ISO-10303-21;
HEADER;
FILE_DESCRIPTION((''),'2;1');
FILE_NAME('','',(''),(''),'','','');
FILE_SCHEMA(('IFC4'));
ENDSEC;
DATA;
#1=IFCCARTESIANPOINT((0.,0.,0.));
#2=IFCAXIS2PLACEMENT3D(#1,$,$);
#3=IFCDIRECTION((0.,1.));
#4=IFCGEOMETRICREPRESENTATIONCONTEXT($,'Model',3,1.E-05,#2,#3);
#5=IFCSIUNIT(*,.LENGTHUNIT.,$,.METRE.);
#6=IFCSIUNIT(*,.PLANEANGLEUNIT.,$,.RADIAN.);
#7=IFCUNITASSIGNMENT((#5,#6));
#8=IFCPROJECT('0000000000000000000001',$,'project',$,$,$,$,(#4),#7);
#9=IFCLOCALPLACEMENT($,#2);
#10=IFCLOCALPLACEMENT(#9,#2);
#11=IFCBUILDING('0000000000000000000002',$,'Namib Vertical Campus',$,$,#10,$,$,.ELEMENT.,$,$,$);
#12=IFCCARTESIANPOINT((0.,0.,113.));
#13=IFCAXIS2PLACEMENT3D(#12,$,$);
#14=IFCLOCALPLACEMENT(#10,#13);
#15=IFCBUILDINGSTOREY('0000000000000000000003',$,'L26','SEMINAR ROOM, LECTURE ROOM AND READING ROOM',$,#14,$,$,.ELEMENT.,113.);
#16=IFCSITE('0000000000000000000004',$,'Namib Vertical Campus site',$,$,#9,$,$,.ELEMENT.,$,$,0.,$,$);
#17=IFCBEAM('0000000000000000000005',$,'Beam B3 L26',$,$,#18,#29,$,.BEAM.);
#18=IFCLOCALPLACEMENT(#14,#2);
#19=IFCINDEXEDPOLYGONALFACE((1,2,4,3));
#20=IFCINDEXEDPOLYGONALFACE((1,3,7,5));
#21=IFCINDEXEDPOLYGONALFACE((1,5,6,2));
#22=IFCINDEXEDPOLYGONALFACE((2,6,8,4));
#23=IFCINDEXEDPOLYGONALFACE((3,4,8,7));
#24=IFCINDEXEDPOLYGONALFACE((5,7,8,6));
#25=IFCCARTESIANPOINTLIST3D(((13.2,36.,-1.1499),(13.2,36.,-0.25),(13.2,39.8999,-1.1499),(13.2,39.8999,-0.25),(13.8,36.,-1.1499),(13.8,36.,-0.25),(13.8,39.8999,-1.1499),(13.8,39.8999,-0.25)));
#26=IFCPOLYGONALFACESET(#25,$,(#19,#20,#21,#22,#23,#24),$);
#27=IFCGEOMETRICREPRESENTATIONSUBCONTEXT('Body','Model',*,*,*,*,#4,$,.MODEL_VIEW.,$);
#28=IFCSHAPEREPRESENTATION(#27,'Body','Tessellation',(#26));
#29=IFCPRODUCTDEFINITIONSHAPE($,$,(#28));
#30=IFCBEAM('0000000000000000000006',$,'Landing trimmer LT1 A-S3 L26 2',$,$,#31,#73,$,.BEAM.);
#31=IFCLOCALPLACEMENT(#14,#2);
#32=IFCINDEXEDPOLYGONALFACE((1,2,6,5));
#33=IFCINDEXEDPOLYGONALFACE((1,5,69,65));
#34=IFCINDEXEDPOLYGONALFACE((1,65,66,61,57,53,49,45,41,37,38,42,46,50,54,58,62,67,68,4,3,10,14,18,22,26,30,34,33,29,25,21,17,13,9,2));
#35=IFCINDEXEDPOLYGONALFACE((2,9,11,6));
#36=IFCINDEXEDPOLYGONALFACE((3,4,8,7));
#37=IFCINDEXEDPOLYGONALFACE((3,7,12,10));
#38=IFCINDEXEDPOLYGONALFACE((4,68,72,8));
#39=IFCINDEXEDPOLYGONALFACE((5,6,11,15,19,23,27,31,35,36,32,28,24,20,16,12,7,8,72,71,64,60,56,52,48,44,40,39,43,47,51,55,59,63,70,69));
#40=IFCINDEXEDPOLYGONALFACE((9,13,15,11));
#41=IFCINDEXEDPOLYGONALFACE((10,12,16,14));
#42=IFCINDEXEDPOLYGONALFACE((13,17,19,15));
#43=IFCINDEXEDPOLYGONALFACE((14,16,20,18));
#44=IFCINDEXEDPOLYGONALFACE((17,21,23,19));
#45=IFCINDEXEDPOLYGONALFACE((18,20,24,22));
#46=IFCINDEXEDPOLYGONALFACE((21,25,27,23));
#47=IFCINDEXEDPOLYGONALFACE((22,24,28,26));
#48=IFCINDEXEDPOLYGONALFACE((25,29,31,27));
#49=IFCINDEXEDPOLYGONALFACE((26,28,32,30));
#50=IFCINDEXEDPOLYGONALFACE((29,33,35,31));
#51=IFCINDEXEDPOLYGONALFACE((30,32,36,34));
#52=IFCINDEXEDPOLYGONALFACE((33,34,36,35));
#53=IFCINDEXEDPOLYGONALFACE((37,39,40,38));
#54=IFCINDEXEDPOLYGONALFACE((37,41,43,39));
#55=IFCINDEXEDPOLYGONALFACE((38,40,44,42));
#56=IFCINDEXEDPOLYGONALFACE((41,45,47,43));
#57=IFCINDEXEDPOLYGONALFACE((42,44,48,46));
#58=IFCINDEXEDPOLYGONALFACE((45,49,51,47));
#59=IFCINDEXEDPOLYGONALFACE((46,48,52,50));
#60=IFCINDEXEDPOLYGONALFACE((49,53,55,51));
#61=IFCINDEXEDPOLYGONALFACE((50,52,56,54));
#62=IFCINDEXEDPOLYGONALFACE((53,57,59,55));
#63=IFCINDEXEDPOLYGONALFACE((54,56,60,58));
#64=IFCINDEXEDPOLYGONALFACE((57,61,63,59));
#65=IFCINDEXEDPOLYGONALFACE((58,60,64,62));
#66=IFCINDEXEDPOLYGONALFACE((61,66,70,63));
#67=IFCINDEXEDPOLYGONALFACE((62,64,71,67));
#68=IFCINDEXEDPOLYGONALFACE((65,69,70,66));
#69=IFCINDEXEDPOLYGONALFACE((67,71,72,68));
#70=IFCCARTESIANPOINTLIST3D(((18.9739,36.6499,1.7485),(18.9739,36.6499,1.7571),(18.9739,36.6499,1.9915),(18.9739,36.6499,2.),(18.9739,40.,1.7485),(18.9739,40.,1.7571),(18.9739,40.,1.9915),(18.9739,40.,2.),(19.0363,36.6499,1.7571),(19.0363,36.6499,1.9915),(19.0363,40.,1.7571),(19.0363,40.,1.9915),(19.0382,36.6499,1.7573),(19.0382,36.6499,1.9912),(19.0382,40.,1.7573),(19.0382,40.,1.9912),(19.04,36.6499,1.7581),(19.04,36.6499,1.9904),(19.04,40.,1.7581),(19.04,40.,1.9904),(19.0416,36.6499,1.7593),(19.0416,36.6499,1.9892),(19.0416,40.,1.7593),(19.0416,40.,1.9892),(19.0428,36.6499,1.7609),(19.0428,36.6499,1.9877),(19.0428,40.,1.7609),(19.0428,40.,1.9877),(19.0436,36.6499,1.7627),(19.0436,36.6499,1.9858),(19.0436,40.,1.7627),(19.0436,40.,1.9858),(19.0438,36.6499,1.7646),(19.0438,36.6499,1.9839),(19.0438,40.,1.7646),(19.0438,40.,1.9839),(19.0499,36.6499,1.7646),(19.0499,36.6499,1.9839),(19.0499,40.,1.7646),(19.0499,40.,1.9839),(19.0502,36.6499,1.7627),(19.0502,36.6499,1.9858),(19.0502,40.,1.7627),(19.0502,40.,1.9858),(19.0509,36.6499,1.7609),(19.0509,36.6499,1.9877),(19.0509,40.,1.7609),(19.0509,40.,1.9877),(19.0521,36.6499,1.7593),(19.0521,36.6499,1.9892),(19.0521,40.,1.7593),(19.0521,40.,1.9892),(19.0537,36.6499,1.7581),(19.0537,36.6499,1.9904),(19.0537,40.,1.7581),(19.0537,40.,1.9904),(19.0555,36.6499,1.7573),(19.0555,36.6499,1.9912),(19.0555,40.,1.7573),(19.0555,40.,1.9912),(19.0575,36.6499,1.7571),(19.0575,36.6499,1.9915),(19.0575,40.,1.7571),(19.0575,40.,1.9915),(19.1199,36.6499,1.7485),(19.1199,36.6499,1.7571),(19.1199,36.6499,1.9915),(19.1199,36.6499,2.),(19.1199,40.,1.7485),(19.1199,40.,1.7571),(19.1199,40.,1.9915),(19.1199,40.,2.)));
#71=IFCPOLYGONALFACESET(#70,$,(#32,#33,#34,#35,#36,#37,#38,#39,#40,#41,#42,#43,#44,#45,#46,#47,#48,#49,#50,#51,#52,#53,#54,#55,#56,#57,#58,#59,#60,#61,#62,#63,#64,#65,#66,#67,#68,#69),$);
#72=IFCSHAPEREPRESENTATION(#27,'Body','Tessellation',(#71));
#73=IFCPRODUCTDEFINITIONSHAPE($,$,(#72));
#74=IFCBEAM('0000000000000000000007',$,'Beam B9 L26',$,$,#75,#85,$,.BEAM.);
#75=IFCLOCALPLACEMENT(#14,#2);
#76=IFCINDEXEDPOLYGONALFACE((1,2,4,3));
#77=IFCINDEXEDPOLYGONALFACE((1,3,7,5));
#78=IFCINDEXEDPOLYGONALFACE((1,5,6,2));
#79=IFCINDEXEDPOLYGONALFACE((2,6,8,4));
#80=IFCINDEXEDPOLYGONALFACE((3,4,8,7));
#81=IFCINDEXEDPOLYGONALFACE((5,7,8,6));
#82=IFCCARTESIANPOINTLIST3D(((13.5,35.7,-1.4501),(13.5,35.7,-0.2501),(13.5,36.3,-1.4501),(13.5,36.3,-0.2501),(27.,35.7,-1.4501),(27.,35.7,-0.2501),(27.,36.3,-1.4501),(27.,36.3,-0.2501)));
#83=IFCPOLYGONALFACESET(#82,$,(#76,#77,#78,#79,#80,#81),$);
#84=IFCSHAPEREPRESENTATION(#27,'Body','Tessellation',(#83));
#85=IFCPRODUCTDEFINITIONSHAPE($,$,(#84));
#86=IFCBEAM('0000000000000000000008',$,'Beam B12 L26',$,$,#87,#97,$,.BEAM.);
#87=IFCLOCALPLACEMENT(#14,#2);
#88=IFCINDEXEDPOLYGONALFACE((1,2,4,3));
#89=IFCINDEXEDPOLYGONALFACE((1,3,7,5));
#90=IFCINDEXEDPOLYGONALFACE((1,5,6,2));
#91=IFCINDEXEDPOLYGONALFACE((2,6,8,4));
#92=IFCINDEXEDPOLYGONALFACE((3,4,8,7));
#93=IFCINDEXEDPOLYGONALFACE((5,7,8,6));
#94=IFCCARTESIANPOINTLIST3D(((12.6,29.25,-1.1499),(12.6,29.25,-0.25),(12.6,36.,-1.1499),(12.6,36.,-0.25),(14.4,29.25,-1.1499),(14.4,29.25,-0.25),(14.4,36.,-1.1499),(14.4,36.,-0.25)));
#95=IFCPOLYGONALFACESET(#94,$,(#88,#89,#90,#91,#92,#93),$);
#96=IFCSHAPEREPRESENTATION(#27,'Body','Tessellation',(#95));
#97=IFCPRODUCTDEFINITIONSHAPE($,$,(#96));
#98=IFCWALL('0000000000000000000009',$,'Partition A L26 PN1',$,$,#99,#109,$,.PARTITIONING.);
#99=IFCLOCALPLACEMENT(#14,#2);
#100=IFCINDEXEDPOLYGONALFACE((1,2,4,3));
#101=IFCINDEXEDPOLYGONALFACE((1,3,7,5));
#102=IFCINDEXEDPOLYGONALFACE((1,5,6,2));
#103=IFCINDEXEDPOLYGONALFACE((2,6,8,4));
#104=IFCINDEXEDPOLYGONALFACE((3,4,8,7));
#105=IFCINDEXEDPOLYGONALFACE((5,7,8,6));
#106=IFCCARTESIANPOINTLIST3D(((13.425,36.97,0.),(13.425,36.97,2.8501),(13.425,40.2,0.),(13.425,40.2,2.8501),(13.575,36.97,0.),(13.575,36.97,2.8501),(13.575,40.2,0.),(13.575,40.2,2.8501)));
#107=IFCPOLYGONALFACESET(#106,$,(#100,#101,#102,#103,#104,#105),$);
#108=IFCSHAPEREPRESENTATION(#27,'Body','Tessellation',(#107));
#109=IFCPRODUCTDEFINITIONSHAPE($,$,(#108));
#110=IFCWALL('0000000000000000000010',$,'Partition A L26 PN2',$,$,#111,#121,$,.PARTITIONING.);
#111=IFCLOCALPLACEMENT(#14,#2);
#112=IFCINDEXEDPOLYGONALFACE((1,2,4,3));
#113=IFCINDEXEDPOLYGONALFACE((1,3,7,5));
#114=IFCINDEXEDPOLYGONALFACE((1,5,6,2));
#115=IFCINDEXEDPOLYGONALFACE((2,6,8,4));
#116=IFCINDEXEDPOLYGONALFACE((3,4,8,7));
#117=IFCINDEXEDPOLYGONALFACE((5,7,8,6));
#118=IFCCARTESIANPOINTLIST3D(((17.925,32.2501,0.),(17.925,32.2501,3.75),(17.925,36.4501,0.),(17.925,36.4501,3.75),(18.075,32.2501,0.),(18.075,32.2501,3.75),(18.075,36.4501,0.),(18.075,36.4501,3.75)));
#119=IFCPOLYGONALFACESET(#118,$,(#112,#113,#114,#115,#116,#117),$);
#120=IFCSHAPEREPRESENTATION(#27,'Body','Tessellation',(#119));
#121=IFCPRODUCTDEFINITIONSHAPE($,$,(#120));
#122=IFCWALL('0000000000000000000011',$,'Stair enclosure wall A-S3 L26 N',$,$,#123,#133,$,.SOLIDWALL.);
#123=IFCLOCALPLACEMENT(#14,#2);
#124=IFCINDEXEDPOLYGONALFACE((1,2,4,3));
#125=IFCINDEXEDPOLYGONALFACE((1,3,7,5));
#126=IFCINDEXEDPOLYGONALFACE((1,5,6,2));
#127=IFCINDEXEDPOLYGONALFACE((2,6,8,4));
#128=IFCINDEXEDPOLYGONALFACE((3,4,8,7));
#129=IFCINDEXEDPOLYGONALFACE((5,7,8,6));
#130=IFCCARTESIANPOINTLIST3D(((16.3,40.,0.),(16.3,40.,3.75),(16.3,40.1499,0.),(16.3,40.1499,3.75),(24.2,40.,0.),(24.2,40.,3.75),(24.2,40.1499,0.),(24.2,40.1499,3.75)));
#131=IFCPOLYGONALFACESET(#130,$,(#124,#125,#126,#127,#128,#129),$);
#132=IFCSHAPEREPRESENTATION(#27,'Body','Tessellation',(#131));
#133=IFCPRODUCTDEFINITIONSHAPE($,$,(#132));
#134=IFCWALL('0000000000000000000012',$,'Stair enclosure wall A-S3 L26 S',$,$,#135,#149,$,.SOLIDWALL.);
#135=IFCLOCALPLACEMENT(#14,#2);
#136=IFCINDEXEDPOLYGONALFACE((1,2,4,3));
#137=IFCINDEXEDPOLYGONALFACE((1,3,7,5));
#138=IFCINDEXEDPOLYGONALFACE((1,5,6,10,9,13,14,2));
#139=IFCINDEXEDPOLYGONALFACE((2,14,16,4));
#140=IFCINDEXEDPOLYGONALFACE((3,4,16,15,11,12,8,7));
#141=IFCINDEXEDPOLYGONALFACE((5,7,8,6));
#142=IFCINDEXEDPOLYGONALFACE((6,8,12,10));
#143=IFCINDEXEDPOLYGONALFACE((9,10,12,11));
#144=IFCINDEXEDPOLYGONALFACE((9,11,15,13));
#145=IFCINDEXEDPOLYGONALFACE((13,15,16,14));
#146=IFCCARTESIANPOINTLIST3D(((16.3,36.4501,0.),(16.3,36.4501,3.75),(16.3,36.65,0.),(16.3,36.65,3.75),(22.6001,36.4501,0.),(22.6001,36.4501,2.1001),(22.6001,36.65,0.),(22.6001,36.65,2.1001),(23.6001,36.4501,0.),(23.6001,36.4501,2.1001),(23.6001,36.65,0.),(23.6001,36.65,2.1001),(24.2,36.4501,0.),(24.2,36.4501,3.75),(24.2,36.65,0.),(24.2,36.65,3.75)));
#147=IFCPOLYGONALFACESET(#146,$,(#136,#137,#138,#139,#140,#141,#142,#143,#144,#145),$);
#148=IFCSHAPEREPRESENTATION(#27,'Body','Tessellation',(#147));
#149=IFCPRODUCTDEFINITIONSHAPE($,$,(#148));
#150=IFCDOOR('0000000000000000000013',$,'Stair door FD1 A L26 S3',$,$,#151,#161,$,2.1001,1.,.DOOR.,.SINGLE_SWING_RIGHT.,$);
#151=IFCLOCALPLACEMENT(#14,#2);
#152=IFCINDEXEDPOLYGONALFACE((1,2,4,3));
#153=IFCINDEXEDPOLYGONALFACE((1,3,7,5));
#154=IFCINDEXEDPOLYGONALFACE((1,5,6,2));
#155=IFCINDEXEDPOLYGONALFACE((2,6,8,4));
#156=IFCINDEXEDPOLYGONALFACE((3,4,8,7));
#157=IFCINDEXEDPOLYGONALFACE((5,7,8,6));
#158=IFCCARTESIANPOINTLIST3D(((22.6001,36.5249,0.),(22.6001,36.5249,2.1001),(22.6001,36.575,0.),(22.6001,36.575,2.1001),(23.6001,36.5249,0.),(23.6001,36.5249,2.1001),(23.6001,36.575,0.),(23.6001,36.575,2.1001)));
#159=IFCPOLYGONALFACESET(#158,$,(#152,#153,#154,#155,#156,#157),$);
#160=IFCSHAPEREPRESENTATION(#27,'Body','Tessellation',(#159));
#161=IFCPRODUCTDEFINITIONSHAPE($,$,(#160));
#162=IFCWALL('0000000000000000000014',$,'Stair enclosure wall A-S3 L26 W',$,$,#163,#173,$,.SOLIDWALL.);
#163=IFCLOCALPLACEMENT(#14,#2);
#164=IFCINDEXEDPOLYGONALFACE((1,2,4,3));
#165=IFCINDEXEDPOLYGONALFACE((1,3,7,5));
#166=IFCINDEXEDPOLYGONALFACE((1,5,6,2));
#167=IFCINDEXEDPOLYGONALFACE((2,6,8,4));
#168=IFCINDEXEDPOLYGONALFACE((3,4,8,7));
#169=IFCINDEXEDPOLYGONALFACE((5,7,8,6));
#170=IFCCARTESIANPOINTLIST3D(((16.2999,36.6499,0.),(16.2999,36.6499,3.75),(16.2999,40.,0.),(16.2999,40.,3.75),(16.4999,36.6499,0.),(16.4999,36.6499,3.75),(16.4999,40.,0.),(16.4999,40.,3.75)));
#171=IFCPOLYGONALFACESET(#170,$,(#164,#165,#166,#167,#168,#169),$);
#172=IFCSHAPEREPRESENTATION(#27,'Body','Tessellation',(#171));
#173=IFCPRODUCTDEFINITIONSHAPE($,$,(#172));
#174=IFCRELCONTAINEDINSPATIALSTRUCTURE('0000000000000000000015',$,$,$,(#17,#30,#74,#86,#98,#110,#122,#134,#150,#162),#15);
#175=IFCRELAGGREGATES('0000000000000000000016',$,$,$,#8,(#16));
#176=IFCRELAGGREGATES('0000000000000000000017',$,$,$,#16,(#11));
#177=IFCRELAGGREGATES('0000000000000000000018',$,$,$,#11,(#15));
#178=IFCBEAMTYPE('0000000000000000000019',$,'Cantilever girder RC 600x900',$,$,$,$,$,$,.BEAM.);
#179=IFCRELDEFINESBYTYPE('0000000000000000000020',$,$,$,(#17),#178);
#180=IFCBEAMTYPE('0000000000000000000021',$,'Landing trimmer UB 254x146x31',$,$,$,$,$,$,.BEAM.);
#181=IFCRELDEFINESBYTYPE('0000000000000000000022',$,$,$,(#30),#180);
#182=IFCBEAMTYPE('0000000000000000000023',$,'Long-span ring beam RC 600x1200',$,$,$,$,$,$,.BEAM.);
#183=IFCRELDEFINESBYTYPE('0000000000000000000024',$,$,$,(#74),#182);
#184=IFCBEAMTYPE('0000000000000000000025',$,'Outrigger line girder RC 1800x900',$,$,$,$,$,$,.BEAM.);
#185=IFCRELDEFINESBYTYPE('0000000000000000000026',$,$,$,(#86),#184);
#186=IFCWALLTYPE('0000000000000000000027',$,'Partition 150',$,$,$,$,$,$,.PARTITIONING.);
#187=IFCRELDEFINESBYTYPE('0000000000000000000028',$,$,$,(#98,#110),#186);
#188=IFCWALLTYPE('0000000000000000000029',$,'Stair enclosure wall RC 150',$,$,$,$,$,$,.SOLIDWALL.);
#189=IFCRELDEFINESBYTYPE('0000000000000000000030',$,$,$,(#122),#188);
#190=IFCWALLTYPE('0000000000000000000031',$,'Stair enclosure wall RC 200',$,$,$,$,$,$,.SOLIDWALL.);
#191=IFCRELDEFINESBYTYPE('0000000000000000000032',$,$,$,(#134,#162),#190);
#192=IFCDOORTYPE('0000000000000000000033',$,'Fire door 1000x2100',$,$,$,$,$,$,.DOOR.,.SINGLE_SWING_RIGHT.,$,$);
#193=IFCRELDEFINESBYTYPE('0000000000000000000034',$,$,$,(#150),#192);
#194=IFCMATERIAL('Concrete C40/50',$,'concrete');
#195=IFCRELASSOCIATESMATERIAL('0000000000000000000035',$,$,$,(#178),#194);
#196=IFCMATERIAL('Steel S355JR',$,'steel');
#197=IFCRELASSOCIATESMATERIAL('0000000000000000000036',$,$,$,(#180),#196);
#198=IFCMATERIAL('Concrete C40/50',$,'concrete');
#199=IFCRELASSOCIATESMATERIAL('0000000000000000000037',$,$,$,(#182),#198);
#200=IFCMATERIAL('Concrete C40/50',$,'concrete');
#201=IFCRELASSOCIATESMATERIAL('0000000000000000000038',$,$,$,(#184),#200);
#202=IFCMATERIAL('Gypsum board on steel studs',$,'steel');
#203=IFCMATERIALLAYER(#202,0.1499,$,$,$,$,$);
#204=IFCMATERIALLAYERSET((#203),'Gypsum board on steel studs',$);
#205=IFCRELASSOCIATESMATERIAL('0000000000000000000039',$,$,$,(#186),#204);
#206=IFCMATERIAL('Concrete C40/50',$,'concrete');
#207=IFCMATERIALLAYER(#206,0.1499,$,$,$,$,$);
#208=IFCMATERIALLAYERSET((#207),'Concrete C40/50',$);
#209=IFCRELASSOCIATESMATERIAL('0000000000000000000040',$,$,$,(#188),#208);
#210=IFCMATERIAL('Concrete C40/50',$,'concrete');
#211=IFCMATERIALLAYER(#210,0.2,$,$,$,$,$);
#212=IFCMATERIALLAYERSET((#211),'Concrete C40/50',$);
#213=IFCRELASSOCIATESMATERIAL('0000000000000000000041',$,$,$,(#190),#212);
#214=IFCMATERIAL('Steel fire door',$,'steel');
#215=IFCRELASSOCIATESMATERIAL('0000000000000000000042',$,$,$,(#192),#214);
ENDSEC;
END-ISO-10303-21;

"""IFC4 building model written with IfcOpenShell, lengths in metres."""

from ifc_helpers import new_model, si_unit, direction, frame, frame_2d, origin, origin_2d, place, context, subcontext, project, spatial, rectangle, i_section, extrude, material, layer, layer_set, material_profile, profile_set, type_object, element, fill, save


model = new_model("IFC4")

# Units and contexts
model_context = context("Model", 3, precision=1e-05, world=origin(), true_north=direction((0.0, 1.0)))
body_context = subcontext(model_context, "Body", "Model", "MODEL_VIEW")
ifc_project = project(units=[si_unit("LENGTHUNIT", "METRE"), si_unit("PLANEANGLEUNIT", "RADIAN")], contexts=[model_context])

# Site, building, storey
site_placement = place(None, origin())
site = spatial("IfcSite", under=ifc_project, at=site_placement, Name="Namib Vertical Campus site", CompositionType="ELEMENT", RefElevation=0.0)
building_placement = place(site_placement, origin())
building = spatial("IfcBuilding", under=site, at=building_placement, Name="Namib Vertical Campus", CompositionType="ELEMENT")
storey_placement = place(building_placement, frame((0.0, 0.0, 113.0)))
storey = spatial("IfcBuildingStorey", under=building, at=storey_placement, Name="L26", Description="SEMINAR ROOM, LECTURE ROOM AND READING ROOM", CompositionType="ELEMENT", Elevation=113.0)

# Beams
ifc_material_1 = material(Name="Concrete C40/50", Category="concrete")
ifc_material_profile_1 = material_profile(ifc_material_1, rectangle(XDim=0.6001, YDim=0.8999, at=origin_2d()))
ifc_profile_set_1 = profile_set([ifc_material_profile_1], Name="Concrete C40/50")
beam_type_1 = type_object("IfcBeamType", Name="Cantilever girder RC 600x900", PredefinedType="BEAM", material=ifc_profile_set_1)
beam_1_placement = place(storey_placement, frame((13.5, 36.0, -0.7), z_axis=(0.0, 1.0, 0.0), x_axis=(-1.0, 0.0, 0.0)))
element("IfcBeam", 1, at=beam_1_placement, inside=storey, type_object=beam_type_1, Name="Beam B3 L26", PredefinedType="BEAM", context=body_context, shape_type="SweptSolid", body=[
    extrude(rectangle(XDim=0.6001, YDim=0.8999, at=origin_2d()), origin(), (0.0, 0.0, 1.0), 3.8999),
])
ifc_material_2 = material(Name="Steel S355JR", Category="steel")
ifc_material_profile_2 = material_profile(ifc_material_2, i_section(OverallWidth=0.146, OverallDepth=0.2515, WebThickness=0.0061, FlangeThickness=0.0085, FilletRadius=0.0076, at=origin_2d()))
ifc_profile_set_2 = profile_set([ifc_material_profile_2], Name="Steel S355JR")
beam_type_2 = type_object("IfcBeamType", Name="Landing trimmer UB 254x146x31", PredefinedType="BEAM", material=ifc_profile_set_2)
beam_2_placement = place(storey_placement, frame((19.0469, 36.6499, 1.8743), z_axis=(0.0, 1.0, 0.0), x_axis=(-1.0, 0.0, 0.0)))
element("IfcBeam", 2, at=beam_2_placement, inside=storey, type_object=beam_type_2, Name="Landing trimmer LT1 A-S3 L26 2", PredefinedType="BEAM", context=body_context, shape_type="SweptSolid", body=[
    extrude(i_section(OverallWidth=0.146, OverallDepth=0.2515, WebThickness=0.0061, FlangeThickness=0.0085, FilletRadius=0.0076, at=origin_2d()), origin(), (0.0, 0.0, 1.0), 3.3501),
])
ifc_material_3 = material(Name="Concrete C40/50", Category="concrete")
ifc_material_profile_3 = material_profile(ifc_material_3, rectangle(XDim=0.6001, YDim=1.2, at=origin_2d()))
ifc_profile_set_3 = profile_set([ifc_material_profile_3], Name="Concrete C40/50")
beam_type_3 = type_object("IfcBeamType", Name="Long-span ring beam RC 600x1200", PredefinedType="BEAM", material=ifc_profile_set_3)
beam_3_placement = place(storey_placement, frame((13.5, 36.0, -0.8501), z_axis=(1.0, 0.0, 0.0), x_axis=(0.0, 1.0, 0.0)))
element("IfcBeam", 3, at=beam_3_placement, inside=storey, type_object=beam_type_3, Name="Beam B9 L26", PredefinedType="BEAM", context=body_context, shape_type="SweptSolid", body=[
    extrude(rectangle(XDim=0.6001, YDim=1.2, at=origin_2d()), origin(), (0.0, 0.0, 1.0), 13.5),
])
ifc_material_4 = material(Name="Concrete C40/50", Category="concrete")
ifc_material_profile_4 = material_profile(ifc_material_4, rectangle(XDim=1.8, YDim=0.8999, at=origin_2d()))
ifc_profile_set_4 = profile_set([ifc_material_profile_4], Name="Concrete C40/50")
beam_type_4 = type_object("IfcBeamType", Name="Outrigger line girder RC 1800x900", PredefinedType="BEAM", material=ifc_profile_set_4)
beam_4_placement = place(storey_placement, frame((13.5, 36.0, -0.7), z_axis=(0.0, -1.0, 0.0), x_axis=(1.0, 0.0, 0.0)))
element("IfcBeam", 4, at=beam_4_placement, inside=storey, type_object=beam_type_4, Name="Beam B12 L26", PredefinedType="BEAM", context=body_context, shape_type="SweptSolid", body=[
    extrude(rectangle(XDim=1.8, YDim=0.8999, at=origin_2d()), origin(), (0.0, 0.0, 1.0), 6.75),
])

# Walls
ifc_material_5 = material(Name="Gypsum board on steel studs", Category="steel")
ifc_layer_1 = layer(ifc_material_5, 0.1499)
ifc_layer_set_1 = layer_set([ifc_layer_1], Name="Gypsum board on steel studs")
wall_type_1 = type_object("IfcWallType", Name="Partition 150", PredefinedType="PARTITIONING", material=ifc_layer_set_1)
wall_1_placement = place(storey_placement, frame((13.5, 36.97, 0.0), z_axis=(0.0, 0.0, 1.0), x_axis=(0.0, 1.0, 0.0)))
element("IfcWall", 5, at=wall_1_placement, inside=storey, type_object=wall_type_1, Name="Partition A L26 PN1", PredefinedType="PARTITIONING", context=body_context, shape_type="SweptSolid", body=[
    extrude(rectangle(XDim=3.23, YDim=0.1499, at=frame_2d((1.615, 0.0))), origin(), (0.0, 0.0, 1.0), 2.8501),
])
wall_2_placement = place(storey_placement, frame((18.0, 32.25, 0.0), z_axis=(0.0, 0.0, 1.0), x_axis=(0.0, 1.0, 0.0)))
element("IfcWall", 6, at=wall_2_placement, inside=storey, type_object=wall_type_1, Name="Partition A L26 PN2", PredefinedType="PARTITIONING", context=body_context, shape_type="SweptSolid", body=[
    extrude(rectangle(XDim=4.2, YDim=0.1499, at=frame_2d((2.1001, 0.0))), origin(), (0.0, 0.0, 1.0), 3.75),
])
ifc_material_6 = material(Name="Concrete C40/50", Category="concrete")
ifc_layer_2 = layer(ifc_material_6, 0.1499)
ifc_layer_set_2 = layer_set([ifc_layer_2], Name="Concrete C40/50")
wall_type_2 = type_object("IfcWallType", Name="Stair enclosure wall RC 150", PredefinedType="SOLIDWALL", material=ifc_layer_set_2)
wall_3_placement = place(storey_placement, frame((16.3, 40.075, 0.0), z_axis=(0.0, 0.0, 1.0), x_axis=(1.0, 0.0, 0.0)))
element("IfcWall", 7, at=wall_3_placement, inside=storey, type_object=wall_type_2, Name="Stair enclosure wall A-S3 L26 N", PredefinedType="SOLIDWALL", context=body_context, shape_type="SweptSolid", body=[
    extrude(rectangle(XDim=7.8999, YDim=0.1499, at=frame_2d((3.95, 0.0))), origin(), (0.0, 0.0, 1.0), 3.75),
])

# Wall, opening, door
ifc_material_7 = material(Name="Concrete C40/50", Category="concrete")
ifc_layer_3 = layer(ifc_material_7, 0.2)
ifc_layer_set_3 = layer_set([ifc_layer_3], Name="Concrete C40/50")
wall_type_3 = type_object("IfcWallType", Name="Stair enclosure wall RC 200", PredefinedType="SOLIDWALL", material=ifc_layer_set_3)
wall_4_placement = place(storey_placement, frame((16.3, 36.55, 0.0), z_axis=(0.0, 0.0, 1.0), x_axis=(1.0, 0.0, 0.0)))
wall_4 = element("IfcWall", 8, at=wall_4_placement, inside=storey, type_object=wall_type_3, Name="Stair enclosure wall A-S3 L26 S", PredefinedType="SOLIDWALL", context=body_context, shape_type="SweptSolid", body=[
    extrude(rectangle(XDim=7.8999, YDim=0.2, at=frame_2d((3.95, 0.0))), origin(), (0.0, 0.0, 1.0), 3.75),
])
opening_placement = place(wall_4_placement, frame((6.3, 0.0, 0.0)))
opening = element("IfcOpeningElement", 9, at=opening_placement, cuts=wall_4, PredefinedType="OPENING", context=body_context, shape_type="SweptSolid", body=[
    extrude(rectangle(XDim=1.0, YDim=2.1001, at=frame_2d((0.5, 1.05))), frame((0.0, 0.1099, 0.0), z_axis=(0.0, -1.0, 0.0), x_axis=(1.0, 0.0, 0.0)), (0.0, 0.0, 1.0), 0.22),
])
ifc_material_8 = material(Name="Steel fire door", Category="steel")
door_type = type_object("IfcDoorType", Name="Fire door 1000x2100", OperationType="SINGLE_SWING_RIGHT", PredefinedType="DOOR", material=ifc_material_8)
door_placement = place(opening_placement, origin())
door = element("IfcDoor", 10, at=door_placement, inside=storey, type_object=door_type, Name="Stair door FD1 A L26 S3", OperationType="SINGLE_SWING_RIGHT", OverallHeight=2.1001, OverallWidth=1.0, PredefinedType="DOOR", context=body_context, shape_type="SweptSolid", body=[
    extrude(rectangle(XDim=1.0, YDim=2.1001, at=frame_2d((0.5, 1.05))), frame((0.0, 0.0249, 0.0), z_axis=(0.0, -1.0, 0.0), x_axis=(1.0, 0.0, 0.0)), (0.0, 0.0, 1.0), 0.05),
])
fill(opening, door)

# Wall
wall_5_placement = place(storey_placement, frame((16.3999, 36.6499, 0.0), z_axis=(0.0, 0.0, 1.0), x_axis=(0.0, 1.0, 0.0)))
element("IfcWall", 11, at=wall_5_placement, inside=storey, type_object=wall_type_3, Name="Stair enclosure wall A-S3 L26 W", PredefinedType="SOLIDWALL", context=body_context, shape_type="SweptSolid", body=[
    extrude(rectangle(XDim=3.3501, YDim=0.2, at=frame_2d((1.675, 0.0))), origin(), (0.0, 0.0, 1.0), 3.75),
])

save(model, "model.ifc")
